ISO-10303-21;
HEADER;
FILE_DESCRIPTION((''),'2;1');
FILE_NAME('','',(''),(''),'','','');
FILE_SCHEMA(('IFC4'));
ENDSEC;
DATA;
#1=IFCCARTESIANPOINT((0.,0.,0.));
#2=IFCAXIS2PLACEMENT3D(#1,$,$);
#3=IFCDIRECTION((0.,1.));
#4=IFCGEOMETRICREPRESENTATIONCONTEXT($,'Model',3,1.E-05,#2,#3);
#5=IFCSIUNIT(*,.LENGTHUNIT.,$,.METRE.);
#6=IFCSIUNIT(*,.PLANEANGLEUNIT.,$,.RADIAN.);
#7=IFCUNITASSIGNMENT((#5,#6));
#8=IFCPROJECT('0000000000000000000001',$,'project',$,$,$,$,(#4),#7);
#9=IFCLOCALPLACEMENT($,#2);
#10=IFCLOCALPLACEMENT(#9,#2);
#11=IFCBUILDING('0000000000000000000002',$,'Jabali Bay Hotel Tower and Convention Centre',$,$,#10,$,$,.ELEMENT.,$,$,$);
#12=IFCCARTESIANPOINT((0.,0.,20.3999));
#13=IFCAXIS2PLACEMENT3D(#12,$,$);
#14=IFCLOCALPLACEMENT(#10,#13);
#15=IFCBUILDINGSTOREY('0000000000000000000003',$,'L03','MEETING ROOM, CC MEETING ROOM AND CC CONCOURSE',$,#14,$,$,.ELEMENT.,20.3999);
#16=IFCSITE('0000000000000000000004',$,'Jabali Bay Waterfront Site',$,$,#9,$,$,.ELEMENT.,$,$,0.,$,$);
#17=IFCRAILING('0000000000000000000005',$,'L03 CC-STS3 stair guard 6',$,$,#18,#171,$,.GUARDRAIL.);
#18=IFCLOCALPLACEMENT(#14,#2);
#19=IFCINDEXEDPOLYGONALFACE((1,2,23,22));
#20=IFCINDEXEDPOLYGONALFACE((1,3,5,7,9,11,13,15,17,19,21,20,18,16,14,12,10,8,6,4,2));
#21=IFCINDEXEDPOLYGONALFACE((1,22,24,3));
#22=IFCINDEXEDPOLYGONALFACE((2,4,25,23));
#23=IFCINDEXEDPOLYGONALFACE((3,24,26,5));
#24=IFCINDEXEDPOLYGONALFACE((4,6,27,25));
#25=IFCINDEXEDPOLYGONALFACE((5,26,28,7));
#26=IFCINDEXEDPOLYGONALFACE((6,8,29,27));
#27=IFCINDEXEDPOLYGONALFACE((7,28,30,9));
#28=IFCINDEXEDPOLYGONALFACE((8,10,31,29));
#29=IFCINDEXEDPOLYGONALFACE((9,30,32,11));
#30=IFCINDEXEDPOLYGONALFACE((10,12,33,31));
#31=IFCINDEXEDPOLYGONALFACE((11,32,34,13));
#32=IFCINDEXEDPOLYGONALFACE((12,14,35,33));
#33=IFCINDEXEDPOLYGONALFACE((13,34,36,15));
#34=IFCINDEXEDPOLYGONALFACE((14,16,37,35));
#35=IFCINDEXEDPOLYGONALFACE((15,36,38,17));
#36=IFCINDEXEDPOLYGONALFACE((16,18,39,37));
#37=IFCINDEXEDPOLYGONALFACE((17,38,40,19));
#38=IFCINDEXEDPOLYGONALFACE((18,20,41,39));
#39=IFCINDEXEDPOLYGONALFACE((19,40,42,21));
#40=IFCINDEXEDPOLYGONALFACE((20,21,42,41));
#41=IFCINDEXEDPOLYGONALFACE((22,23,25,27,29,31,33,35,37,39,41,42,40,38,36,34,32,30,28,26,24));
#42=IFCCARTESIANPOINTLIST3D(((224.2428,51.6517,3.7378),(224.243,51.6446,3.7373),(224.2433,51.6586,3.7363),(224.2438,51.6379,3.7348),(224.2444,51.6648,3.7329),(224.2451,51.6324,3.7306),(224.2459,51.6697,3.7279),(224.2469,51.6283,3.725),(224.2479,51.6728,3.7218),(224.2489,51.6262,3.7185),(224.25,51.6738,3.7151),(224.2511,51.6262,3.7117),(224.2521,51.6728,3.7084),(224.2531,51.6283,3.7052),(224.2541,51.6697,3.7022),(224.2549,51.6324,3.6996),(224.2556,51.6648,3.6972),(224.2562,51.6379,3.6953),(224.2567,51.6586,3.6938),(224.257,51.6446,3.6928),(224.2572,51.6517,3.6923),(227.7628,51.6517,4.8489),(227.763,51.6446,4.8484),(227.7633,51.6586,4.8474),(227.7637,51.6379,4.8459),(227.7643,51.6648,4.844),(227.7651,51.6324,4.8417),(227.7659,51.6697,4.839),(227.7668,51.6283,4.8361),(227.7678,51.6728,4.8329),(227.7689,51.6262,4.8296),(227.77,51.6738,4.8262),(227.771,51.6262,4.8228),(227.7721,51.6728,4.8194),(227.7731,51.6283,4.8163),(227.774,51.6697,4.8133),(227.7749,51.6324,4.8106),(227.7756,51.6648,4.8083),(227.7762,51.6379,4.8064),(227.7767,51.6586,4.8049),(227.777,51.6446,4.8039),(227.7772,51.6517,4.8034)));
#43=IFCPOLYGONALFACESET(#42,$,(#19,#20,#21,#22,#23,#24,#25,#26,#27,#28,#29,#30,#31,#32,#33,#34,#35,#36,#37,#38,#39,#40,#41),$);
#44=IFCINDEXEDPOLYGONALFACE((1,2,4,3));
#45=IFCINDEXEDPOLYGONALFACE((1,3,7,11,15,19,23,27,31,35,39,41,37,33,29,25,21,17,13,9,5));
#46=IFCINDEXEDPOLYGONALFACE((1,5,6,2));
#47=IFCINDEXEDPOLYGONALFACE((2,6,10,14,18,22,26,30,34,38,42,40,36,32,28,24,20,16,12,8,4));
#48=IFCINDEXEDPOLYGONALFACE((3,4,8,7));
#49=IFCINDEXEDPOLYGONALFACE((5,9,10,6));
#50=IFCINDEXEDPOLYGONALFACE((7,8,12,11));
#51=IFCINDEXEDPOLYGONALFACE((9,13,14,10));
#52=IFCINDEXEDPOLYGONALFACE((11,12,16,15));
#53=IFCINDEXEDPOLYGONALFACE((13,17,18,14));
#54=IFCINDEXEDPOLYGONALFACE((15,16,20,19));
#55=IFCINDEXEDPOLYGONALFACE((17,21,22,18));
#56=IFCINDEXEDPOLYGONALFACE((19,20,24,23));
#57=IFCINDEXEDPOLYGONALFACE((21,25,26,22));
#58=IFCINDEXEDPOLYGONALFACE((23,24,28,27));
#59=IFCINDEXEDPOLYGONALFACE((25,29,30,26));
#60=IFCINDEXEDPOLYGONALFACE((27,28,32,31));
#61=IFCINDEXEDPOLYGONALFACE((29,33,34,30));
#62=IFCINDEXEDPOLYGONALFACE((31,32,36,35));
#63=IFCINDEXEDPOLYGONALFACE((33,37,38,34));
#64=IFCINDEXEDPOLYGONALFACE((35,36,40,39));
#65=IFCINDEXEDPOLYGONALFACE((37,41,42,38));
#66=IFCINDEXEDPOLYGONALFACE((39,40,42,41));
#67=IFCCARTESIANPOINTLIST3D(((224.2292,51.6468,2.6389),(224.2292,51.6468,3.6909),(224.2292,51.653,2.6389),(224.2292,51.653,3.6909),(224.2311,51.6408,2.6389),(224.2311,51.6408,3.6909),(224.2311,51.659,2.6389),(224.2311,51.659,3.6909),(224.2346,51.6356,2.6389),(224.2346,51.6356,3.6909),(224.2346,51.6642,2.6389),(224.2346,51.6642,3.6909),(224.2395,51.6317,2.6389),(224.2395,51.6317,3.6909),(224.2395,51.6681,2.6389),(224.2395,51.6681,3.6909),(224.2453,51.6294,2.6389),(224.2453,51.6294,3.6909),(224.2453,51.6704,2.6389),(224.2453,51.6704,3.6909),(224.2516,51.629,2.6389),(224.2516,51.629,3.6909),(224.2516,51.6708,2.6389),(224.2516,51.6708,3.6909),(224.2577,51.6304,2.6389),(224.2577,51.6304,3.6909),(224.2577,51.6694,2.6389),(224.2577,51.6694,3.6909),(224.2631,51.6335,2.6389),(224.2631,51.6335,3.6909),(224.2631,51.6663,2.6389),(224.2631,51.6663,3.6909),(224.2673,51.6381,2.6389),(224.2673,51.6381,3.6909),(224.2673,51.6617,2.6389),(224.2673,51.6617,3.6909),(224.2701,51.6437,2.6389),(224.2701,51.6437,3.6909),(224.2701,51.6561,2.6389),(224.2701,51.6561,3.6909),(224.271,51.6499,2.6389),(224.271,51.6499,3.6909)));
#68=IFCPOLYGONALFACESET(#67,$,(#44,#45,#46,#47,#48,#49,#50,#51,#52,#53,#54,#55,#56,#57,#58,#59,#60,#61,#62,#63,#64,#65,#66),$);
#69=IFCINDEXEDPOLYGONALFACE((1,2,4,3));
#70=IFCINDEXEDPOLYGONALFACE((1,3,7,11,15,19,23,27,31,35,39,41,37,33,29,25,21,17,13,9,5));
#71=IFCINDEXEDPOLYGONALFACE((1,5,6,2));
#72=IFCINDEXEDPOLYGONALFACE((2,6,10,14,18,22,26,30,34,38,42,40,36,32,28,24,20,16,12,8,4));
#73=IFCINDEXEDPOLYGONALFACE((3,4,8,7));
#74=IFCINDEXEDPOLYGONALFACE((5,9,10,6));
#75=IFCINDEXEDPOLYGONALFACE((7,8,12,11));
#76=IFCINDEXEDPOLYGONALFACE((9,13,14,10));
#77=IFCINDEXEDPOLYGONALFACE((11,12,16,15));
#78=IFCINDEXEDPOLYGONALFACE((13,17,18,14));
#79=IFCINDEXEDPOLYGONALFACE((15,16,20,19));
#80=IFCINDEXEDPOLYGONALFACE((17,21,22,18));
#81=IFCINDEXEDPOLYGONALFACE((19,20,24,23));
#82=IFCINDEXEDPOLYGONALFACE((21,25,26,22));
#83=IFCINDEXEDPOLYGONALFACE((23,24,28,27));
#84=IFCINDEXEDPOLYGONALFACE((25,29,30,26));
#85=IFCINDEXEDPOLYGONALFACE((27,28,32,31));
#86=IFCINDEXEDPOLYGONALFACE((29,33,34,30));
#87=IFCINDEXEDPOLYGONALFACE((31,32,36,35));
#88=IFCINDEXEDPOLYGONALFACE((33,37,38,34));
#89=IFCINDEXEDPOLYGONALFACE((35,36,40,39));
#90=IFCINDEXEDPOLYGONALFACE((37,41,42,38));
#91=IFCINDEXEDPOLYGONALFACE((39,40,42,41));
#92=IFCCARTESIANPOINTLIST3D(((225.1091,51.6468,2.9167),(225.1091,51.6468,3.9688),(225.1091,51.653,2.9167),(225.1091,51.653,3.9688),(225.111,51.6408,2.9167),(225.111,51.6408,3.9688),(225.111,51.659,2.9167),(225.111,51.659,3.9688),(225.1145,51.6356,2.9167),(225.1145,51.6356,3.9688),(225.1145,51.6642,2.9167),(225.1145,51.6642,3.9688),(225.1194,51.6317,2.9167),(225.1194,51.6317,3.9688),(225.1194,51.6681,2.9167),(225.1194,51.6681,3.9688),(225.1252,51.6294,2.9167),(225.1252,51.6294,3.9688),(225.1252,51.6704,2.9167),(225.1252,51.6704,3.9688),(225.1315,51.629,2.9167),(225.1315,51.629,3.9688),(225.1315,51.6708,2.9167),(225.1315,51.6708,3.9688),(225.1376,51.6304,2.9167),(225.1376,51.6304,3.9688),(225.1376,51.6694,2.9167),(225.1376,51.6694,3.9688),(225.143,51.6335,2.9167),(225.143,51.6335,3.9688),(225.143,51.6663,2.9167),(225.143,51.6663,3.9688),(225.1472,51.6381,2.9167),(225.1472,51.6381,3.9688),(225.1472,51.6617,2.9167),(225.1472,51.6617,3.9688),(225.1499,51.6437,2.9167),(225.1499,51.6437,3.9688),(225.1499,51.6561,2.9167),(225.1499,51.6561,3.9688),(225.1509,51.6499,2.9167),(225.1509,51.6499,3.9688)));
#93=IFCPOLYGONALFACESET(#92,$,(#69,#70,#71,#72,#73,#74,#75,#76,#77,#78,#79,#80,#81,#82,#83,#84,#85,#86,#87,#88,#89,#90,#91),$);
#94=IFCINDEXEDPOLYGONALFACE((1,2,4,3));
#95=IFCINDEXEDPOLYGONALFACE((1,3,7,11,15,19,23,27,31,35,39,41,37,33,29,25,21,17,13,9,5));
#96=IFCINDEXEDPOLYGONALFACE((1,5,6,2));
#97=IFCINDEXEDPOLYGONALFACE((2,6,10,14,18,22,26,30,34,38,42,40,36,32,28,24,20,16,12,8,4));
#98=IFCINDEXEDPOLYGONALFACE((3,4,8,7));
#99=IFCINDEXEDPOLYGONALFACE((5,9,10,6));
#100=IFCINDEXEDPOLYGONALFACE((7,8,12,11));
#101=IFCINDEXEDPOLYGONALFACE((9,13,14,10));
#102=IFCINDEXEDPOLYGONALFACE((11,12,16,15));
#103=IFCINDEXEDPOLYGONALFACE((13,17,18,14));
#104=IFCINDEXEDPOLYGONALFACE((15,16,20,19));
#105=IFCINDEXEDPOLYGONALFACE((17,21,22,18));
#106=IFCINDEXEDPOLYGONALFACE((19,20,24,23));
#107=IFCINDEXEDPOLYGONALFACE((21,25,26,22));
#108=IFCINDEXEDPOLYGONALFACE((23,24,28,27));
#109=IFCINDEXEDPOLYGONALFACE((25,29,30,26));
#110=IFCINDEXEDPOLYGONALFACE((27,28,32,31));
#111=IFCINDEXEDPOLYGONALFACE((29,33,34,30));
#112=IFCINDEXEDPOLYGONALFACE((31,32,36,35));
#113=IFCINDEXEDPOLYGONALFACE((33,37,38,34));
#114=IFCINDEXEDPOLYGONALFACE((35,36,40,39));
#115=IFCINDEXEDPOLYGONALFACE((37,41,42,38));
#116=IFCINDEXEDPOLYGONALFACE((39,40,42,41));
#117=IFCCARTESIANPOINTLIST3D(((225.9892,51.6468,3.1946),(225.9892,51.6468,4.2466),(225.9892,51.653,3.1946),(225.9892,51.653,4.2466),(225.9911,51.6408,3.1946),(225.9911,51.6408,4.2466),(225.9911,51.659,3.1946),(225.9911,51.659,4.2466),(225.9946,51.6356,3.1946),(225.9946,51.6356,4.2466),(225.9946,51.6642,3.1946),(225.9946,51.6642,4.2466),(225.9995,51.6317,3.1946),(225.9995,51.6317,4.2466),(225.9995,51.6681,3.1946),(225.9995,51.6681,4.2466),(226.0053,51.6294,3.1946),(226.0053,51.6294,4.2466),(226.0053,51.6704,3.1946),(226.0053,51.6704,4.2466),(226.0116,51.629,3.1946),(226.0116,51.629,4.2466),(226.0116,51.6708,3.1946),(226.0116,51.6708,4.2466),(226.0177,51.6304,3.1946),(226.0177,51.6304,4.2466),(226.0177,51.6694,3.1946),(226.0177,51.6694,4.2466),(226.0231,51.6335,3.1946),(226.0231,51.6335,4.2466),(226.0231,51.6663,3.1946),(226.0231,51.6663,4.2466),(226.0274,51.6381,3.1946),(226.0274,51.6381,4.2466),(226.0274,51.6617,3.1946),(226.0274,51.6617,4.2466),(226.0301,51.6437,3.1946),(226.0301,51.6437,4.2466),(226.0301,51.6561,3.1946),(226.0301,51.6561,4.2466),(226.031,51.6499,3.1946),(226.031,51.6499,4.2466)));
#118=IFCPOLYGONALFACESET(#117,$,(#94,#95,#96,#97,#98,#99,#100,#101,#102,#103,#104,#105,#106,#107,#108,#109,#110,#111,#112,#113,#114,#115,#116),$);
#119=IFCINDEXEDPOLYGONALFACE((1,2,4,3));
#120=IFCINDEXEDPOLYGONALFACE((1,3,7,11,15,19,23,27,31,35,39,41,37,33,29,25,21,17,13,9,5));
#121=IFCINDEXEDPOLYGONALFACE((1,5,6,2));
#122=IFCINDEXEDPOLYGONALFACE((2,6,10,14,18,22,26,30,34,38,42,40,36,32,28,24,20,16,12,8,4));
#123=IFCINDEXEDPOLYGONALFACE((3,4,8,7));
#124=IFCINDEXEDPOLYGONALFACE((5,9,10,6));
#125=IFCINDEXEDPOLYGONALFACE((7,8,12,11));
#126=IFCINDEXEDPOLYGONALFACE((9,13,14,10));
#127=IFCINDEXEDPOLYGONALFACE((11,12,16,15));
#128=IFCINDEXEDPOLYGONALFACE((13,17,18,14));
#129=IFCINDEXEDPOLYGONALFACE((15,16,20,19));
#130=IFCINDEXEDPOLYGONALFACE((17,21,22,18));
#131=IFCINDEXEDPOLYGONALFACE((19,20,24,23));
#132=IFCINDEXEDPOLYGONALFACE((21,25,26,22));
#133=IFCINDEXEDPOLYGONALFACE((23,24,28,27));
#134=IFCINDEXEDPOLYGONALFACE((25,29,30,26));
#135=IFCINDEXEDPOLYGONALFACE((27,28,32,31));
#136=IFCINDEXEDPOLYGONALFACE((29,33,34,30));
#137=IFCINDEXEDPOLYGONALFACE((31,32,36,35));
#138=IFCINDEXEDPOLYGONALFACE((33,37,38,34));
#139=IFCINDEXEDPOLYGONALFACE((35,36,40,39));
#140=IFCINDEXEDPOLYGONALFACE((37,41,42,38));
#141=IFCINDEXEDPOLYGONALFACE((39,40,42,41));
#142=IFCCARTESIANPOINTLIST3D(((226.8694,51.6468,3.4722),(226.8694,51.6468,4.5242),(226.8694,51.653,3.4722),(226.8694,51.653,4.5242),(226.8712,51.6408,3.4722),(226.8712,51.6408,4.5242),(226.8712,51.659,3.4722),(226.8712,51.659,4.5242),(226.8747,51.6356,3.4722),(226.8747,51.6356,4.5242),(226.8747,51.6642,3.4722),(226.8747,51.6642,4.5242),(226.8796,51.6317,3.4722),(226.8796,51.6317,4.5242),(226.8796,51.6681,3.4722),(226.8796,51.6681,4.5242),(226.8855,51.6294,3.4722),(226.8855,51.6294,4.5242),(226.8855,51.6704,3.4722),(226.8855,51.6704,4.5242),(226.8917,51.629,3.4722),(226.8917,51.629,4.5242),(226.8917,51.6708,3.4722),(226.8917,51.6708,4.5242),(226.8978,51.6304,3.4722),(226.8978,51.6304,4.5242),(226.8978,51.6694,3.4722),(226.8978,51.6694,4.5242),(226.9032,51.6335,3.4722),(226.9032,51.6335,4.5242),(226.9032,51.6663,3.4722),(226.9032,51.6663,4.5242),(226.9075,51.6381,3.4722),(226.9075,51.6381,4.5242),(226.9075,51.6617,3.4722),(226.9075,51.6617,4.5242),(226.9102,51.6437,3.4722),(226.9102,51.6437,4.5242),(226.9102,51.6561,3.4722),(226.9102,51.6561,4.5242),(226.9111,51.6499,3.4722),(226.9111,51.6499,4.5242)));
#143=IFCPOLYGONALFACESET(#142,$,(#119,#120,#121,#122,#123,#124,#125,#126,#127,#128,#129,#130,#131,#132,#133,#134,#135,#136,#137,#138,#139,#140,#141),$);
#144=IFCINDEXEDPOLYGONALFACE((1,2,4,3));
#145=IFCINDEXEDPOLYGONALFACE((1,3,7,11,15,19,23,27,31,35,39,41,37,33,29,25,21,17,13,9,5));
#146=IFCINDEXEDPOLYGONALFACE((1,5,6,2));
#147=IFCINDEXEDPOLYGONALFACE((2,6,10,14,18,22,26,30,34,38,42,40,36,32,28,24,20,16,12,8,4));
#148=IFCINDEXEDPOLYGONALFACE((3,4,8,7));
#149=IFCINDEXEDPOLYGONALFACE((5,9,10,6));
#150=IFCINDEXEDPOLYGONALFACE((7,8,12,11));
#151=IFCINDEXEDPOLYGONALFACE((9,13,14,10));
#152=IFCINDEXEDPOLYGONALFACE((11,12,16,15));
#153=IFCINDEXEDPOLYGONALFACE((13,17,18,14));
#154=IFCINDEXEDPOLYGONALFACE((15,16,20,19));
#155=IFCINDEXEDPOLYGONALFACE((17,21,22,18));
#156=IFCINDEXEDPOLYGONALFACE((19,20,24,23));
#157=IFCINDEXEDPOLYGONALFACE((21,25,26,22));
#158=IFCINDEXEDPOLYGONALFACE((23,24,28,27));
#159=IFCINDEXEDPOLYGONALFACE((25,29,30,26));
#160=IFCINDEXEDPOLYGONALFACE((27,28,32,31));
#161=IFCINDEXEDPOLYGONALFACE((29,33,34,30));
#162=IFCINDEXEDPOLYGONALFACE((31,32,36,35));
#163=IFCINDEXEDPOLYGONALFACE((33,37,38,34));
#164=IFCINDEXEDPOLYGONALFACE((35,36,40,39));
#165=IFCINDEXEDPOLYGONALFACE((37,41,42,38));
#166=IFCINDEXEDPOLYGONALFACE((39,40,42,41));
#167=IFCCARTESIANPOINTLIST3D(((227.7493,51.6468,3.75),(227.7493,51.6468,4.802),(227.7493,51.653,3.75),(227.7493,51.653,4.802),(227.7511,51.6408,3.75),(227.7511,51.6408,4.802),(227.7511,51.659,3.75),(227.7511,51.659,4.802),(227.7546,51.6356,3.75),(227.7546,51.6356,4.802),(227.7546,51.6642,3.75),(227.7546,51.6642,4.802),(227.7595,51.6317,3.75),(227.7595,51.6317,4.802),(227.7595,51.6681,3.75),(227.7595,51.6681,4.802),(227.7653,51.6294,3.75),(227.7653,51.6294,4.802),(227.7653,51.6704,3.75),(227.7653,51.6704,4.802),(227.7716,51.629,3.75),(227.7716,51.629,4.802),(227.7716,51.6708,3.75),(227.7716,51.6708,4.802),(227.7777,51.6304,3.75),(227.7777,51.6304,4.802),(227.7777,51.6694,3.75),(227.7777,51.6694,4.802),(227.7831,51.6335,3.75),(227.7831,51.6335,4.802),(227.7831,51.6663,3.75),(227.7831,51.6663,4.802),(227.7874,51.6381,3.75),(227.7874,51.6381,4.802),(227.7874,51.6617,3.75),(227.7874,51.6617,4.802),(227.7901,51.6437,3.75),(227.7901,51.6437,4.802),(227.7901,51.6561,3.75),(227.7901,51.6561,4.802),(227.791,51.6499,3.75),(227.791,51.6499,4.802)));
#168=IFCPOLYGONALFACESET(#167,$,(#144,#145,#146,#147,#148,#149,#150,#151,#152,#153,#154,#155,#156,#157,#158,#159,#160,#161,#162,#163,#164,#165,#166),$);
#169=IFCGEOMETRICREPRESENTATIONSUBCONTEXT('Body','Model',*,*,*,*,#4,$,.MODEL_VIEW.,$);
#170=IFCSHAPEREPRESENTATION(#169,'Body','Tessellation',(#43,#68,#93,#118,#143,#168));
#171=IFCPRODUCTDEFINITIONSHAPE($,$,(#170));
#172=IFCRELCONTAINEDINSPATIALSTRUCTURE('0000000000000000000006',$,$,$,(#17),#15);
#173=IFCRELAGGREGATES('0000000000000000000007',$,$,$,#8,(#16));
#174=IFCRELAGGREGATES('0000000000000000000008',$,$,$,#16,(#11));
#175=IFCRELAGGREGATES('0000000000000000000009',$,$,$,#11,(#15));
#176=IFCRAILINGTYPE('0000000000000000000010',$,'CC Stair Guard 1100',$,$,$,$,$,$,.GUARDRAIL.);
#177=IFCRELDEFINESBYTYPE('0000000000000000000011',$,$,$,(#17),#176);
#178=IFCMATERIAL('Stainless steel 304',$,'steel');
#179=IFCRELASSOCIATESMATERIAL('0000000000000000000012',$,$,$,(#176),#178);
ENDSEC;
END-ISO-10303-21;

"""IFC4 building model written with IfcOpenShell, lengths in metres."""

from ifc_helpers import new_model, si_unit, direction, frame, origin, origin_2d, place, context, subcontext, project, spatial, circle, extrude, material, type_object, element, save


model = new_model("IFC4")

# Units and contexts
model_context = context("Model", 3, precision=1e-05, world=origin(), true_north=direction((0.0, 1.0)))
body_context = subcontext(model_context, "Body", "Model", "MODEL_VIEW")
ifc_project = project(units=[si_unit("LENGTHUNIT", "METRE"), si_unit("PLANEANGLEUNIT", "RADIAN")], contexts=[model_context])

# Site, building, storey
site_placement = place(None, origin())
site = spatial("IfcSite", under=ifc_project, at=site_placement, Name="Jabali Bay Waterfront Site", CompositionType="ELEMENT", RefElevation=0.0)
building_placement = place(site_placement, origin())
building = spatial("IfcBuilding", under=site, at=building_placement, Name="Jabali Bay Hotel Tower and Convention Centre", CompositionType="ELEMENT")
storey_placement = place(building_placement, frame((0.0, 0.0, 20.3999)))
storey = spatial("IfcBuildingStorey", under=building, at=storey_placement, Name="L03", Description="MEETING ROOM, CC MEETING ROOM AND CC CONCOURSE", CompositionType="ELEMENT", Elevation=20.3999)

# Railing
ifc_material_1 = material(Name="Stainless steel 304", Category="steel")
railing_type_1 = type_object("IfcRailingType", Name="CC Stair Guard 1100", PredefinedType="GUARDRAIL", material=ifc_material_1)
railing_1_placement = place(storey_placement, frame((224.25, 51.6499, 2.6389)))
element("IfcRailing", 1, at=railing_1_placement, inside=storey, type_object=railing_type_1, Name="L03 CC-STS3 stair guard 6", PredefinedType="GUARDRAIL", context=body_context, shape_type="SweptSolid", body=[
    extrude(circle(Radius=0.0239, at=origin_2d()), frame((0.0, 0.0, 1.0762), z_axis=(0.953622, 0.0, 0.301008), x_axis=(0.0, 1.0, 0.0)), (0.0, 0.0, 1.0), 3.6912),
    extrude(circle(Radius=0.021, at=origin_2d()), origin(), (0.0, 0.0, 1.0), 1.052),
    extrude(circle(Radius=0.021, at=origin_2d()), frame((0.8799, 0.0, 0.2778)), (0.0, 0.0, 1.0), 1.052),
    extrude(circle(Radius=0.021, at=origin_2d()), frame((1.76, 0.0, 0.5557)), (0.0, 0.0, 1.0), 1.052),
    extrude(circle(Radius=0.021, at=origin_2d()), frame((2.6401, 0.0, 0.8333)), (0.0, 0.0, 1.0), 1.052),
    extrude(circle(Radius=0.021, at=origin_2d()), frame((3.52, 0.0, 1.1111)), (0.0, 0.0, 1.0), 1.052),
])

save(model, "model.ifc")
